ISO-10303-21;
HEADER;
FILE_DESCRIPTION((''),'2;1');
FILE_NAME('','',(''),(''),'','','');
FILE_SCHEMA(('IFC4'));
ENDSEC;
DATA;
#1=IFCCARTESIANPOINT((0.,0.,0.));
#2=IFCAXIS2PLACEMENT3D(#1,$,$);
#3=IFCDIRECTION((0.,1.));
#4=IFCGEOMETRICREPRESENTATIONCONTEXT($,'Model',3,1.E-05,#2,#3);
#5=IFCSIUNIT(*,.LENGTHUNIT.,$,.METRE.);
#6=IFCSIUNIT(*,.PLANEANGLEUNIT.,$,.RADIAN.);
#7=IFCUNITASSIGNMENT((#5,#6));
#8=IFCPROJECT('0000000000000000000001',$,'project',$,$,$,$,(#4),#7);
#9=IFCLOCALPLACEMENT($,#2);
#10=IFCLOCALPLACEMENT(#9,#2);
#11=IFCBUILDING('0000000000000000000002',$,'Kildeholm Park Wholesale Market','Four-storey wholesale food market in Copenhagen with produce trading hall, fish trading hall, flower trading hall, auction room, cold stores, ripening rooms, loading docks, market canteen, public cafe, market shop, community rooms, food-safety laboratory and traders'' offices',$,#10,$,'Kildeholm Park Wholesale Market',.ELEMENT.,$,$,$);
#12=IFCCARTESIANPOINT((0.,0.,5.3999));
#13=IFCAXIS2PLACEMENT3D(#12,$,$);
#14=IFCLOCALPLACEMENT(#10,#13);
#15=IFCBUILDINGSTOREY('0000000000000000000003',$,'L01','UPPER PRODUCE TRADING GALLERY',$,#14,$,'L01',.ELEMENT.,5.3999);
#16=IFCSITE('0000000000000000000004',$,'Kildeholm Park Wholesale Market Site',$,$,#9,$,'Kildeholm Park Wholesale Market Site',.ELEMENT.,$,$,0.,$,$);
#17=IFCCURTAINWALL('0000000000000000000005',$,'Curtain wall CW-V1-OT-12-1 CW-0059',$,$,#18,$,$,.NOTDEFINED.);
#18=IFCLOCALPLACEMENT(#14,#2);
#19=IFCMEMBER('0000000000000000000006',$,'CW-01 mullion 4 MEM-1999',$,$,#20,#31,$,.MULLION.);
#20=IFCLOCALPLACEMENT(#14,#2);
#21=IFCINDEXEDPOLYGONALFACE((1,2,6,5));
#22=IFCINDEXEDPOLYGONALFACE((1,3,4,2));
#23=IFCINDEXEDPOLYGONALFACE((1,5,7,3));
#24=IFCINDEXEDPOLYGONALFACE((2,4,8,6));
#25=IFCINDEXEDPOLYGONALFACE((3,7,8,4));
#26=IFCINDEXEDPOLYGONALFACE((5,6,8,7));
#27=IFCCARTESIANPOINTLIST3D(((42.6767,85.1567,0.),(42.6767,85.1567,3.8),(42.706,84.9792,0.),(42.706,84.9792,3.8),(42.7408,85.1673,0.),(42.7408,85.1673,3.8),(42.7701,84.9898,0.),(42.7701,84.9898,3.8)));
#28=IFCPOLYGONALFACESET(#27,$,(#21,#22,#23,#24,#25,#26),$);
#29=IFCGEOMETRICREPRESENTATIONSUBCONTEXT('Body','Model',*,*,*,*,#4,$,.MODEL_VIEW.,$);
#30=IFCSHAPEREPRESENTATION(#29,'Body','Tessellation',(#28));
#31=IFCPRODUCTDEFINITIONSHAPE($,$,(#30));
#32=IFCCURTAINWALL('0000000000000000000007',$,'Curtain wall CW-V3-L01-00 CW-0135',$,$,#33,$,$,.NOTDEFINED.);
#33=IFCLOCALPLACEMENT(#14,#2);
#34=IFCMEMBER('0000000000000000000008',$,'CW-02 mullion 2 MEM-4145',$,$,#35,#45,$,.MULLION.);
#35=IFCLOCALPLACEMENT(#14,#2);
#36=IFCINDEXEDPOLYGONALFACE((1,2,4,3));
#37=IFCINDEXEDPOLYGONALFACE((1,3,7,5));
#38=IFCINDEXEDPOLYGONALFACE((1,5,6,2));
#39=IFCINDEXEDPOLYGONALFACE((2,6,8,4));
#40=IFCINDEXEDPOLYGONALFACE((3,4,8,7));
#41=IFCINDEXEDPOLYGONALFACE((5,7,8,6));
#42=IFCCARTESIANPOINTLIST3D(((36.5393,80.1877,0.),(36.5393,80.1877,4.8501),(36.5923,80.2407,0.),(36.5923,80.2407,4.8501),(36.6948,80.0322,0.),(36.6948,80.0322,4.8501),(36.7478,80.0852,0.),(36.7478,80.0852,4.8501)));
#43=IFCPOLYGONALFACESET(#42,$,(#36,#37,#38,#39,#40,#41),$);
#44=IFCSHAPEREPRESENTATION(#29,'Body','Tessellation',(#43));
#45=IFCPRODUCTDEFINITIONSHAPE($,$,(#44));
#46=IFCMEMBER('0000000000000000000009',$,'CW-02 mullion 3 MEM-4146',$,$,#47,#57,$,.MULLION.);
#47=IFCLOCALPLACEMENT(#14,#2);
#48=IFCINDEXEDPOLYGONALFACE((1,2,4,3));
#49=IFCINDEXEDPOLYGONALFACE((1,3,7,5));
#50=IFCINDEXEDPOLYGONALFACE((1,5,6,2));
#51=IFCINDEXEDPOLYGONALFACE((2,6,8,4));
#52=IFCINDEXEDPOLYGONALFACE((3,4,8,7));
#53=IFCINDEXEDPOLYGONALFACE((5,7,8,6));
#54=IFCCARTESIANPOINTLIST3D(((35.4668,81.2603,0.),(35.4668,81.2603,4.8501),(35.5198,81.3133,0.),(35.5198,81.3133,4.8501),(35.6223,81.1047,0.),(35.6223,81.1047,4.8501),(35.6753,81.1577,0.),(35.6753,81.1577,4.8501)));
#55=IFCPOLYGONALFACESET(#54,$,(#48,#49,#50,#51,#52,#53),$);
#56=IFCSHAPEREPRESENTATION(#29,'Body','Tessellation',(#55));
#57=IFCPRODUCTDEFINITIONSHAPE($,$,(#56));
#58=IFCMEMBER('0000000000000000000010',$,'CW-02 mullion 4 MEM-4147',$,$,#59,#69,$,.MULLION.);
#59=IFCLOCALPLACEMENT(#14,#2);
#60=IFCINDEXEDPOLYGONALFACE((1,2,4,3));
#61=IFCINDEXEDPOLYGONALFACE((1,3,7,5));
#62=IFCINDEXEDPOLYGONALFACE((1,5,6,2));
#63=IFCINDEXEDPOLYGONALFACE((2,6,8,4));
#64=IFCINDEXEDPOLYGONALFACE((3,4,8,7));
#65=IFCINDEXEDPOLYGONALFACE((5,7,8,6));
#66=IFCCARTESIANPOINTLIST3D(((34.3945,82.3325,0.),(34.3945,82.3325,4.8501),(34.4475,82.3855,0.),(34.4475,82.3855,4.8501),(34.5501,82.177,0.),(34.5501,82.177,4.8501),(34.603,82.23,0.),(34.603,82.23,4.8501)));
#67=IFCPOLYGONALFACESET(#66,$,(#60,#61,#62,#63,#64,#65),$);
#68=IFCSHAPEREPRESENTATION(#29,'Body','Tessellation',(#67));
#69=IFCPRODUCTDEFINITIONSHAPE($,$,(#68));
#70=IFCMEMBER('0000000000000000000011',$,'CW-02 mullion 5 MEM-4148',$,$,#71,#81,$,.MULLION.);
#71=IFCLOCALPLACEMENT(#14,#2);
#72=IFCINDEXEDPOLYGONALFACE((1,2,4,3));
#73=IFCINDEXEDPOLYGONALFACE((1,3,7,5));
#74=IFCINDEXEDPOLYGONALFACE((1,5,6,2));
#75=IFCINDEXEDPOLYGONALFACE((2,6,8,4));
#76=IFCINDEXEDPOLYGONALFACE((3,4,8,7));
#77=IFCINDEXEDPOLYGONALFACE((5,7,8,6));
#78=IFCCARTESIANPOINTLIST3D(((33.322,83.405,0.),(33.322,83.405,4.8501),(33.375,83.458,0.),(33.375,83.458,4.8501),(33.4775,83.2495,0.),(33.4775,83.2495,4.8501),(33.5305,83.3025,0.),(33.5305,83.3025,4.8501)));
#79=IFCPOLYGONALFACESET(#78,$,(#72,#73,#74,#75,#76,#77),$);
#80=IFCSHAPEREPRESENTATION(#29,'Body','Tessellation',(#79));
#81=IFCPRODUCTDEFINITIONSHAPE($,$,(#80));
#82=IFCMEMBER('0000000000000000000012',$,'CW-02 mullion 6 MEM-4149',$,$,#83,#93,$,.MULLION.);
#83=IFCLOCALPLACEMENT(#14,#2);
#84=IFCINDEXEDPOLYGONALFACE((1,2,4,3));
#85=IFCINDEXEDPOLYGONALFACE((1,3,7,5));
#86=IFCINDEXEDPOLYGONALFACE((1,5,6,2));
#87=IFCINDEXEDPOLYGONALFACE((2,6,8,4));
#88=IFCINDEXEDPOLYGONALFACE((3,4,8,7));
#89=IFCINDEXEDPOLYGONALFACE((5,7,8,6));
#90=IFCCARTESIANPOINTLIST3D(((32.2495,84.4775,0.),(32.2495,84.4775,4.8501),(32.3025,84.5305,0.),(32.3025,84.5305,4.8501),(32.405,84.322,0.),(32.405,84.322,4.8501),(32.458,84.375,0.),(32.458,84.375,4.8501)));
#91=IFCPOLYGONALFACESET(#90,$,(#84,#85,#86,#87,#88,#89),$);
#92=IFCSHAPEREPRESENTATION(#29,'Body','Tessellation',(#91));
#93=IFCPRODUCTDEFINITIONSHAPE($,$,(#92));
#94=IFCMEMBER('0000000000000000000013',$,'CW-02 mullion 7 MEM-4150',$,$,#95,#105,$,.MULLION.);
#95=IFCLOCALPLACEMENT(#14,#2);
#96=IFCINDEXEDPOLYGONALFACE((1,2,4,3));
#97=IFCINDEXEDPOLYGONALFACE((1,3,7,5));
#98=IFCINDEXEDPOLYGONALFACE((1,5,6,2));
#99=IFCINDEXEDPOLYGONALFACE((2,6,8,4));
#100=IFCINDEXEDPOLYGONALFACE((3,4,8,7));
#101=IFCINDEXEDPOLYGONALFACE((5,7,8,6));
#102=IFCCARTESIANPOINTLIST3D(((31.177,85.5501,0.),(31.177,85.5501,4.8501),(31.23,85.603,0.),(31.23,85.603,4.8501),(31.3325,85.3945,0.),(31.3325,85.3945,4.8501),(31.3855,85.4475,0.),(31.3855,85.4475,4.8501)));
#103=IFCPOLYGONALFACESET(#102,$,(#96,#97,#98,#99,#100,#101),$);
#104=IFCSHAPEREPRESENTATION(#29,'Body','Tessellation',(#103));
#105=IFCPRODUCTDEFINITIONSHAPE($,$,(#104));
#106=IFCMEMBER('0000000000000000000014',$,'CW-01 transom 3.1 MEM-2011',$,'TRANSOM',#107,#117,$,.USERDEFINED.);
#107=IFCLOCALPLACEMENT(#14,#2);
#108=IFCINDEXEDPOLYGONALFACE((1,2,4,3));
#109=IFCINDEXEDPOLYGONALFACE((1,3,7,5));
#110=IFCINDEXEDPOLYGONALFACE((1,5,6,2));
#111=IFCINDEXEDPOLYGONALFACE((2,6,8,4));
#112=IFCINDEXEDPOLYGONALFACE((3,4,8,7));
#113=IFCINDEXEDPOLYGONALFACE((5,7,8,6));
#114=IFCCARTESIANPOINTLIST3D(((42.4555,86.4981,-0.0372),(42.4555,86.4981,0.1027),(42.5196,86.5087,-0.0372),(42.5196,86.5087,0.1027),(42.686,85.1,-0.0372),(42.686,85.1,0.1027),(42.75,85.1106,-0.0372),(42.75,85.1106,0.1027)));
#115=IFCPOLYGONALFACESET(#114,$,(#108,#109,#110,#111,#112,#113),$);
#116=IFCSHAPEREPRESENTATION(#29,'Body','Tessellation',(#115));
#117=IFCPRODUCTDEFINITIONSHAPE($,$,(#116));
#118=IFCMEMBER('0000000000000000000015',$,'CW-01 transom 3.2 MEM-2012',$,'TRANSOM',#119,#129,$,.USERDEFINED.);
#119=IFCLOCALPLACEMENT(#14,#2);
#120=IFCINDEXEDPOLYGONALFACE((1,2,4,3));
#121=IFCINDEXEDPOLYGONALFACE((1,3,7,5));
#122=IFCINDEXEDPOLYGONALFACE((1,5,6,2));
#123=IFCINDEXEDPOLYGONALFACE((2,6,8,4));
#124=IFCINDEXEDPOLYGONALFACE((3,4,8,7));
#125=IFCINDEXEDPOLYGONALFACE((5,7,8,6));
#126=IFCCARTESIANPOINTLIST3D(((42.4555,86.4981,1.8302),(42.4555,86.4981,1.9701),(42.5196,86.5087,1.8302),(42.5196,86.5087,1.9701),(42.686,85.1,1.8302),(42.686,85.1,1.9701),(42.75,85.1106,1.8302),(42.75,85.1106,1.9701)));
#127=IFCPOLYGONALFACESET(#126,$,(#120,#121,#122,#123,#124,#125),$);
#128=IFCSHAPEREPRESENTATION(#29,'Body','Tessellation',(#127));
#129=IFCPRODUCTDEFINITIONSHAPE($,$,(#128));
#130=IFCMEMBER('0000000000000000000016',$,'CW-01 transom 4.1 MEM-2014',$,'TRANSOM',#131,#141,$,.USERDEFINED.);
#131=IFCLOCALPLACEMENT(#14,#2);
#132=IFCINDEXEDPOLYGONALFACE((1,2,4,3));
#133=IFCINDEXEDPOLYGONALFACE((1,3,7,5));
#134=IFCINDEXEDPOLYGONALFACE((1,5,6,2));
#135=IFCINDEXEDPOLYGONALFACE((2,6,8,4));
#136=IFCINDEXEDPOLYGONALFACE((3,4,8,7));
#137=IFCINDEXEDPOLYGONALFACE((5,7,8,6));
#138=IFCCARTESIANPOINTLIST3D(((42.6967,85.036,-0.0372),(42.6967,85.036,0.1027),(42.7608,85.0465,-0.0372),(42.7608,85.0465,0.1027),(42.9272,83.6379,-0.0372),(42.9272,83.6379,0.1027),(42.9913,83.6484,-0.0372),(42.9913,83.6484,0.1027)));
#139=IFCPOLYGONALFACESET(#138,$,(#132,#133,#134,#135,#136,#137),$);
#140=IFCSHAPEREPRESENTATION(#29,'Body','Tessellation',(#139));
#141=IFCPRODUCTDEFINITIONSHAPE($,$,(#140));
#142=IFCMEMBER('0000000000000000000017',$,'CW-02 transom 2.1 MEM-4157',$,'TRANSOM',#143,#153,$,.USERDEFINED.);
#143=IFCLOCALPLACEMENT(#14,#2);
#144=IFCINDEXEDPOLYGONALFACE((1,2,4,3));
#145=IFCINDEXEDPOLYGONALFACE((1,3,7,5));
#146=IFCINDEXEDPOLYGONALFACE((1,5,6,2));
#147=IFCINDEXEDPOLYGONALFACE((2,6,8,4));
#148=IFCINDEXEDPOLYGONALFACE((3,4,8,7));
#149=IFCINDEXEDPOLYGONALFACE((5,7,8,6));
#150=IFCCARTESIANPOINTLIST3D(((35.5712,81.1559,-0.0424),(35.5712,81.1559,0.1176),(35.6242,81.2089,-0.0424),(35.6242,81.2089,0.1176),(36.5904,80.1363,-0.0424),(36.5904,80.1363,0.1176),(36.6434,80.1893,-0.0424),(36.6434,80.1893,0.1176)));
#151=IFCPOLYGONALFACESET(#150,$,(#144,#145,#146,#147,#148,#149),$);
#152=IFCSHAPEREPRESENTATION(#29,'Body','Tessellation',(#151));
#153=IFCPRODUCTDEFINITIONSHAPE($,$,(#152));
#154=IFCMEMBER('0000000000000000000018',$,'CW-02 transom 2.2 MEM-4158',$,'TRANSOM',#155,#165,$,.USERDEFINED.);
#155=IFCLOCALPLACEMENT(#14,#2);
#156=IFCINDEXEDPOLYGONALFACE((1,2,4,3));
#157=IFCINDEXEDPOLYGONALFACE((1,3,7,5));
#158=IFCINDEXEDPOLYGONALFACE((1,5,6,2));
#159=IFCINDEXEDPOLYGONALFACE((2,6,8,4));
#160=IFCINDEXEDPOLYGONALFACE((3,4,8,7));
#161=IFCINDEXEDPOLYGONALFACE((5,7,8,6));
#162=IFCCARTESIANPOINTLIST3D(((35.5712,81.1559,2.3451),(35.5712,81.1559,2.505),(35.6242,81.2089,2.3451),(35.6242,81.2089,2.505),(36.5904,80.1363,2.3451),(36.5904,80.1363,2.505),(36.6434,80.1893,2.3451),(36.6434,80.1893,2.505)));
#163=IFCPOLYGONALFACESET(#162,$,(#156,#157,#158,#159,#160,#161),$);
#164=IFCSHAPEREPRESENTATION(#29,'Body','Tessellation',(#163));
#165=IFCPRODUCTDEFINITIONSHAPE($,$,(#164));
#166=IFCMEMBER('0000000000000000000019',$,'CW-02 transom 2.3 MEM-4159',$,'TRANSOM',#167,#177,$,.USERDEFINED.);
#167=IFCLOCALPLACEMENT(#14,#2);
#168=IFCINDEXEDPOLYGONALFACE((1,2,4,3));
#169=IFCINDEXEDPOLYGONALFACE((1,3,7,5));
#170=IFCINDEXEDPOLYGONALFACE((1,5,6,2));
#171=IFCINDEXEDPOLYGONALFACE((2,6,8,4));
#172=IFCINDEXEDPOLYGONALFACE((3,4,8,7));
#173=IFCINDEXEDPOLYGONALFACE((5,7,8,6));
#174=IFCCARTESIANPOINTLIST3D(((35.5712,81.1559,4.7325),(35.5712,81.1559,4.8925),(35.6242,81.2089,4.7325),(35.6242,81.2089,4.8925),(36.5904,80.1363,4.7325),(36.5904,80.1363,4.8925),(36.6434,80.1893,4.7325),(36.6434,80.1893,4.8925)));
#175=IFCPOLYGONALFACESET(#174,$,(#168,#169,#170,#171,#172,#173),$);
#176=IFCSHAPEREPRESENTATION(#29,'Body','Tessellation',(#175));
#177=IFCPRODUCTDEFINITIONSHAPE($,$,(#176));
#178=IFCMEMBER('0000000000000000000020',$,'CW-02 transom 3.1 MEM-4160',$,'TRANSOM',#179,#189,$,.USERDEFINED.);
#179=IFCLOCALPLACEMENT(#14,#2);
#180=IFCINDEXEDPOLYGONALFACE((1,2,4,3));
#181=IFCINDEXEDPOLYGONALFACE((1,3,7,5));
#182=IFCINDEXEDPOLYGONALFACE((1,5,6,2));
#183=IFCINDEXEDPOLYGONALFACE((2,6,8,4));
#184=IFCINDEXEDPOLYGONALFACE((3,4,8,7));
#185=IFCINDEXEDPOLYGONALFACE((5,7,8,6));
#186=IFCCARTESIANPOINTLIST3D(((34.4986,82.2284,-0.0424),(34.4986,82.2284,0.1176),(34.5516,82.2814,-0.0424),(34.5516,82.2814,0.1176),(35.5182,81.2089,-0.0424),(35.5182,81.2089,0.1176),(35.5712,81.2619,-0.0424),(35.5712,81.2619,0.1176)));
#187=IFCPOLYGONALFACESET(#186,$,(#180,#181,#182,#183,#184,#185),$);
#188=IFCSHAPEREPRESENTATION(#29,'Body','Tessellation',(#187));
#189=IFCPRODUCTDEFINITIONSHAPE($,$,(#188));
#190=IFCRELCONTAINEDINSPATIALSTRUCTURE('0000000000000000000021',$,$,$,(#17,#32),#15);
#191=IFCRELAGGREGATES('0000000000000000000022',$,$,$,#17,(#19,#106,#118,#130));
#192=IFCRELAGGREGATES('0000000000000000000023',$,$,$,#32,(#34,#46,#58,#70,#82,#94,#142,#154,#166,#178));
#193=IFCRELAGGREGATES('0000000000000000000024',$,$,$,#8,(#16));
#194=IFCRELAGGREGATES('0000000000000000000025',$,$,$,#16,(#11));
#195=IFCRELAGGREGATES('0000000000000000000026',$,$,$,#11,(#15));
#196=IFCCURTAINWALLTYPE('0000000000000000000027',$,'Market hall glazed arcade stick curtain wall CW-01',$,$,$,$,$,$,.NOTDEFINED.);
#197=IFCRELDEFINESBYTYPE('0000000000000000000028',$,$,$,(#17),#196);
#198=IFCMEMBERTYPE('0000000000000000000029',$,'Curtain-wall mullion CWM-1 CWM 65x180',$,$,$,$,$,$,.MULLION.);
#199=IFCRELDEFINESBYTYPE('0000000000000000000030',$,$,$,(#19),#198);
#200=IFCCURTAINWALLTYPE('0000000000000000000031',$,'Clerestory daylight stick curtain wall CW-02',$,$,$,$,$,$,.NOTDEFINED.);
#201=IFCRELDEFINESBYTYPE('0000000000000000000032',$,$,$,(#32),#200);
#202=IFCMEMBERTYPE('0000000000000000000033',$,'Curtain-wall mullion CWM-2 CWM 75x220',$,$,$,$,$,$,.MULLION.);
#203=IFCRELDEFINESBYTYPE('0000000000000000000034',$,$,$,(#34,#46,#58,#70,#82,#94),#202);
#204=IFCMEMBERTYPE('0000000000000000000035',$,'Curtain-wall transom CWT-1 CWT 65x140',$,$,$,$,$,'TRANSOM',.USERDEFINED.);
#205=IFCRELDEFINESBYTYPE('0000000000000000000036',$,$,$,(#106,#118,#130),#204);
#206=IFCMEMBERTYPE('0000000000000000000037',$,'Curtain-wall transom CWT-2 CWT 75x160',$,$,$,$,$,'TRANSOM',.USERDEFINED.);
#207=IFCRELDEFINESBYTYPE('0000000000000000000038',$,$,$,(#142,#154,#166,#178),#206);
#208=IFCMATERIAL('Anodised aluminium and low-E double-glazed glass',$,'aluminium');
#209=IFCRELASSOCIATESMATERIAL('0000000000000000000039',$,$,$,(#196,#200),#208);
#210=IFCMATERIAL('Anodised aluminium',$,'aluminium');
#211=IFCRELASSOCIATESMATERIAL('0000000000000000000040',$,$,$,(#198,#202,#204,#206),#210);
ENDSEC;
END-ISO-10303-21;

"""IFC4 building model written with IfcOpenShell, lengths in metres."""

from ifc_helpers import new_model, si_unit, direction, frame, origin, origin_2d, place, context, subcontext, project, spatial, rectangle, extrude, material, material_profile, profile_set, type_object, element, aggregate, save


model = new_model("IFC4")

# Units and contexts
model_context = context("Model", 3, precision=1e-05, world=origin(), true_north=direction((0.0, 1.0)))
body_context = subcontext(model_context, "Body", "Model", "MODEL_VIEW")
ifc_project = project(units=[si_unit("LENGTHUNIT", "METRE"), si_unit("PLANEANGLEUNIT", "RADIAN")], contexts=[model_context])

# Site, building, storey
site_placement = place(None, origin())
site = spatial("IfcSite", under=ifc_project, at=site_placement, Name="Kildeholm Park Wholesale Market Site", LongName="Kildeholm Park Wholesale Market Site", CompositionType="ELEMENT", RefElevation=0.0)
building_placement = place(site_placement, origin())
building = spatial("IfcBuilding", under=site, at=building_placement, Name="Kildeholm Park Wholesale Market", Description="Four-storey wholesale food market in Copenhagen with produce trading hall, fish trading hall, flower trading hall, auction room, cold stores, ripening rooms, loading docks, market canteen, public cafe, market shop, community rooms, food-safety laboratory and traders' offices", LongName="Kildeholm Park Wholesale Market", CompositionType="ELEMENT")
storey_placement = place(building_placement, frame((0.0, 0.0, 5.3999)))
storey = spatial("IfcBuildingStorey", under=building, at=storey_placement, Name="L01", Description="UPPER PRODUCE TRADING GALLERY", LongName="L01", CompositionType="ELEMENT", Elevation=5.3999)

# Curtain wall, member
ifc_material_1 = material(Name="Anodised aluminium and low-E double-glazed glass", Category="aluminium")
curtain_wall_type_1 = type_object("IfcCurtainWallType", Name="Market hall glazed arcade stick curtain wall CW-01", PredefinedType="NOTDEFINED", material=ifc_material_1)
curtain_wall_1_placement = place(storey_placement, origin())
curtain_wall_1 = element("IfcCurtainWall", 1, at=curtain_wall_1_placement, inside=storey, type_object=curtain_wall_type_1, Name="Curtain wall CW-V1-OT-12-1 CW-0059", PredefinedType="NOTDEFINED")
ifc_material_2 = material(Name="Anodised aluminium", Category="aluminium")
ifc_material_profile_1 = material_profile(ifc_material_2, rectangle(XDim=0.0649, YDim=0.1799, at=origin_2d()), Name="CWM 65x180")
ifc_profile_set_1 = profile_set([ifc_material_profile_1], Name="Anodised aluminium")
member_type_1 = type_object("IfcMemberType", Name="Curtain-wall mullion CWM-1 CWM 65x180", PredefinedType="MULLION", material=ifc_profile_set_1)
member_1_placement = place(storey_placement, frame((42.7234, 85.0732, 0.0), z_axis=(0.0, 0.0, 1.0), x_axis=(0.986675, 0.162703, 0.0)))
member_1 = element("IfcMember", 2, at=member_1_placement, type_object=member_type_1, Name="CW-01 mullion 4 MEM-1999", PredefinedType="MULLION", context=body_context, shape_type="SweptSolid", body=[
    extrude(rectangle(XDim=0.0649, YDim=0.1799, at=origin_2d()), origin(), (0.0, 0.0, 1.0), 3.8),
])

# Curtain wall, members
curtain_wall_type_2 = type_object("IfcCurtainWallType", Name="Clerestory daylight stick curtain wall CW-02", PredefinedType="NOTDEFINED", material=ifc_material_1)
curtain_wall_2_placement = place(storey_placement, origin())
curtain_wall_2 = element("IfcCurtainWall", 3, at=curtain_wall_2_placement, inside=storey, type_object=curtain_wall_type_2, Name="Curtain wall CW-V3-L01-00 CW-0135", PredefinedType="NOTDEFINED")
ifc_material_profile_2 = material_profile(ifc_material_2, rectangle(XDim=0.075, YDim=0.22, at=origin_2d()), Name="CWM 75x220")
ifc_profile_set_2 = profile_set([ifc_material_profile_2], Name="Anodised aluminium")
member_type_2 = type_object("IfcMemberType", Name="Curtain-wall mullion CWM-2 CWM 75x220", PredefinedType="MULLION", material=ifc_profile_set_2)
member_2_placement = place(storey_placement, frame((36.6436, 80.1365, 0.0), z_axis=(0.0, 0.0, 1.0), x_axis=(-0.707107, -0.707107, 0.0)))
member_2 = element("IfcMember", 4, at=member_2_placement, type_object=member_type_2, Name="CW-02 mullion 2 MEM-4145", PredefinedType="MULLION", context=body_context, shape_type="SweptSolid", body=[
    extrude(rectangle(XDim=0.075, YDim=0.22, at=origin_2d()), origin(), (0.0, 0.0, 1.0), 4.8501),
])
member_3_placement = place(storey_placement, frame((35.571, 81.209, 0.0), z_axis=(0.0, 0.0, 1.0), x_axis=(-0.707107, -0.707107, 0.0)))
member_3 = element("IfcMember", 5, at=member_3_placement, type_object=member_type_2, Name="CW-02 mullion 3 MEM-4146", PredefinedType="MULLION", context=body_context, shape_type="SweptSolid", body=[
    extrude(rectangle(XDim=0.075, YDim=0.22, at=origin_2d()), origin(), (0.0, 0.0, 1.0), 4.8501),
])
member_4_placement = place(storey_placement, frame((34.4988, 82.2812, 0.0), z_axis=(0.0, 0.0, 1.0), x_axis=(-0.707107, -0.707107, 0.0)))
member_4 = element("IfcMember", 6, at=member_4_placement, type_object=member_type_2, Name="CW-02 mullion 4 MEM-4147", PredefinedType="MULLION", context=body_context, shape_type="SweptSolid", body=[
    extrude(rectangle(XDim=0.075, YDim=0.22, at=origin_2d()), origin(), (0.0, 0.0, 1.0), 4.8501),
])
member_5_placement = place(storey_placement, frame((33.4263, 83.3538, 0.0), z_axis=(0.0, 0.0, 1.0), x_axis=(-0.707107, -0.707107, 0.0)))
member_5 = element("IfcMember", 7, at=member_5_placement, type_object=member_type_2, Name="CW-02 mullion 5 MEM-4148", PredefinedType="MULLION", context=body_context, shape_type="SweptSolid", body=[
    extrude(rectangle(XDim=0.075, YDim=0.22, at=origin_2d()), origin(), (0.0, 0.0, 1.0), 4.8501),
])
member_6_placement = place(storey_placement, frame((32.3538, 84.4263, 0.0), z_axis=(0.0, 0.0, 1.0), x_axis=(-0.707107, -0.707107, 0.0)))
member_6 = element("IfcMember", 8, at=member_6_placement, type_object=member_type_2, Name="CW-02 mullion 6 MEM-4149", PredefinedType="MULLION", context=body_context, shape_type="SweptSolid", body=[
    extrude(rectangle(XDim=0.075, YDim=0.22, at=origin_2d()), origin(), (0.0, 0.0, 1.0), 4.8501),
])
member_7_placement = place(storey_placement, frame((31.2812, 85.4988, 0.0), z_axis=(0.0, 0.0, 1.0), x_axis=(-0.707107, -0.707107, 0.0)))
member_7 = element("IfcMember", 9, at=member_7_placement, type_object=member_type_2, Name="CW-02 mullion 7 MEM-4150", PredefinedType="MULLION", context=body_context, shape_type="SweptSolid", body=[
    extrude(rectangle(XDim=0.075, YDim=0.22, at=origin_2d()), origin(), (0.0, 0.0, 1.0), 4.8501),
])

# Members
ifc_material_profile_3 = material_profile(ifc_material_2, rectangle(XDim=0.0649, YDim=0.1399, at=origin_2d()), Name="CWT 65x140")
ifc_profile_set_3 = profile_set([ifc_material_profile_3], Name="Anodised aluminium")
member_type_3 = type_object("IfcMemberType", Name="Curtain-wall transom CWT-1 CWT 65x140", ElementType="TRANSOM", PredefinedType="USERDEFINED", material=ifc_profile_set_3)
member_8_placement = place(storey_placement, frame((42.4875, 86.5034, 0.0327), z_axis=(0.162639, -0.986686, 0.0), x_axis=(0.986686, 0.162639, 0.0)))
member_8 = element("IfcMember", 10, at=member_8_placement, type_object=member_type_3, Name="CW-01 transom 3.1 MEM-2011", ObjectType="TRANSOM", PredefinedType="USERDEFINED", context=body_context, shape_type="SweptSolid", body=[
    extrude(rectangle(XDim=0.0649, YDim=0.1399, at=origin_2d()), origin(), (0.0, 0.0, 1.0), 1.417),
])
member_9_placement = place(storey_placement, frame((42.4875, 86.5034, 1.9001), z_axis=(0.162639, -0.986686, 0.0), x_axis=(0.986686, 0.162639, 0.0)))
member_9 = element("IfcMember", 11, at=member_9_placement, type_object=member_type_3, Name="CW-01 transom 3.2 MEM-2012", ObjectType="TRANSOM", PredefinedType="USERDEFINED", context=body_context, shape_type="SweptSolid", body=[
    extrude(rectangle(XDim=0.0649, YDim=0.1399, at=origin_2d()), origin(), (0.0, 0.0, 1.0), 1.417),
])
member_10_placement = place(storey_placement, frame((42.7288, 85.0413, 0.0327), z_axis=(0.162639, -0.986686, 0.0), x_axis=(0.986686, 0.162639, 0.0)))
member_10 = element("IfcMember", 12, at=member_10_placement, type_object=member_type_3, Name="CW-01 transom 4.1 MEM-2014", ObjectType="TRANSOM", PredefinedType="USERDEFINED", context=body_context, shape_type="SweptSolid", body=[
    extrude(rectangle(XDim=0.0649, YDim=0.1399, at=origin_2d()), origin(), (0.0, 0.0, 1.0), 1.417),
])
ifc_material_profile_4 = material_profile(ifc_material_2, rectangle(XDim=0.075, YDim=0.1599, at=origin_2d()), Name="CWT 75x160")
ifc_profile_set_4 = profile_set([ifc_material_profile_4], Name="Anodised aluminium")
member_type_4 = type_object("IfcMemberType", Name="Curtain-wall transom CWT-2 CWT 75x160", ElementType="TRANSOM", PredefinedType="USERDEFINED", material=ifc_profile_set_4)
member_11_placement = place(storey_placement, frame((36.6169, 80.1628, 0.0376), z_axis=(-0.707022, 0.707191, 0.0), x_axis=(-0.707191, -0.707022, 0.0)))
member_11 = element("IfcMember", 13, at=member_11_placement, type_object=member_type_4, Name="CW-02 transom 2.1 MEM-4157", ObjectType="TRANSOM", PredefinedType="USERDEFINED", context=body_context, shape_type="SweptSolid", body=[
    extrude(rectangle(XDim=0.075, YDim=0.1599, at=origin_2d()), origin(), (0.0, 0.0, 1.0), 1.4417),
])
member_12_placement = place(storey_placement, frame((36.6169, 80.1628, 2.425), z_axis=(-0.707022, 0.707191, 0.0), x_axis=(-0.707191, -0.707022, 0.0)))
member_12 = element("IfcMember", 14, at=member_12_placement, type_object=member_type_4, Name="CW-02 transom 2.2 MEM-4158", ObjectType="TRANSOM", PredefinedType="USERDEFINED", context=body_context, shape_type="SweptSolid", body=[
    extrude(rectangle(XDim=0.075, YDim=0.1599, at=origin_2d()), origin(), (0.0, 0.0, 1.0), 1.4417),
])
member_13_placement = place(storey_placement, frame((36.6169, 80.1628, 4.8125), z_axis=(-0.707022, 0.707191, 0.0), x_axis=(-0.707191, -0.707022, 0.0)))
member_13 = element("IfcMember", 15, at=member_13_placement, type_object=member_type_4, Name="CW-02 transom 2.3 MEM-4159", ObjectType="TRANSOM", PredefinedType="USERDEFINED", context=body_context, shape_type="SweptSolid", body=[
    extrude(rectangle(XDim=0.075, YDim=0.1599, at=origin_2d()), origin(), (0.0, 0.0, 1.0), 1.4417),
])
member_14_placement = place(storey_placement, frame((35.5447, 81.2354, 0.0376), z_axis=(-0.707107, 0.707107, 0.0), x_axis=(-0.707107, -0.707107, 0.0)))
member_14 = element("IfcMember", 16, at=member_14_placement, type_object=member_type_4, Name="CW-02 transom 3.1 MEM-4160", ObjectType="TRANSOM", PredefinedType="USERDEFINED", context=body_context, shape_type="SweptSolid", body=[
    extrude(rectangle(XDim=0.075, YDim=0.1599, at=origin_2d()), origin(), (0.0, 0.0, 1.0), 1.4419),
])

aggregate(curtain_wall_1, [member_1, member_8, member_9, member_10])
aggregate(curtain_wall_2, [member_2, member_3, member_4, member_5, member_6, member_7, member_11, member_12, member_13, member_14])

save(model, "model.ifc")
